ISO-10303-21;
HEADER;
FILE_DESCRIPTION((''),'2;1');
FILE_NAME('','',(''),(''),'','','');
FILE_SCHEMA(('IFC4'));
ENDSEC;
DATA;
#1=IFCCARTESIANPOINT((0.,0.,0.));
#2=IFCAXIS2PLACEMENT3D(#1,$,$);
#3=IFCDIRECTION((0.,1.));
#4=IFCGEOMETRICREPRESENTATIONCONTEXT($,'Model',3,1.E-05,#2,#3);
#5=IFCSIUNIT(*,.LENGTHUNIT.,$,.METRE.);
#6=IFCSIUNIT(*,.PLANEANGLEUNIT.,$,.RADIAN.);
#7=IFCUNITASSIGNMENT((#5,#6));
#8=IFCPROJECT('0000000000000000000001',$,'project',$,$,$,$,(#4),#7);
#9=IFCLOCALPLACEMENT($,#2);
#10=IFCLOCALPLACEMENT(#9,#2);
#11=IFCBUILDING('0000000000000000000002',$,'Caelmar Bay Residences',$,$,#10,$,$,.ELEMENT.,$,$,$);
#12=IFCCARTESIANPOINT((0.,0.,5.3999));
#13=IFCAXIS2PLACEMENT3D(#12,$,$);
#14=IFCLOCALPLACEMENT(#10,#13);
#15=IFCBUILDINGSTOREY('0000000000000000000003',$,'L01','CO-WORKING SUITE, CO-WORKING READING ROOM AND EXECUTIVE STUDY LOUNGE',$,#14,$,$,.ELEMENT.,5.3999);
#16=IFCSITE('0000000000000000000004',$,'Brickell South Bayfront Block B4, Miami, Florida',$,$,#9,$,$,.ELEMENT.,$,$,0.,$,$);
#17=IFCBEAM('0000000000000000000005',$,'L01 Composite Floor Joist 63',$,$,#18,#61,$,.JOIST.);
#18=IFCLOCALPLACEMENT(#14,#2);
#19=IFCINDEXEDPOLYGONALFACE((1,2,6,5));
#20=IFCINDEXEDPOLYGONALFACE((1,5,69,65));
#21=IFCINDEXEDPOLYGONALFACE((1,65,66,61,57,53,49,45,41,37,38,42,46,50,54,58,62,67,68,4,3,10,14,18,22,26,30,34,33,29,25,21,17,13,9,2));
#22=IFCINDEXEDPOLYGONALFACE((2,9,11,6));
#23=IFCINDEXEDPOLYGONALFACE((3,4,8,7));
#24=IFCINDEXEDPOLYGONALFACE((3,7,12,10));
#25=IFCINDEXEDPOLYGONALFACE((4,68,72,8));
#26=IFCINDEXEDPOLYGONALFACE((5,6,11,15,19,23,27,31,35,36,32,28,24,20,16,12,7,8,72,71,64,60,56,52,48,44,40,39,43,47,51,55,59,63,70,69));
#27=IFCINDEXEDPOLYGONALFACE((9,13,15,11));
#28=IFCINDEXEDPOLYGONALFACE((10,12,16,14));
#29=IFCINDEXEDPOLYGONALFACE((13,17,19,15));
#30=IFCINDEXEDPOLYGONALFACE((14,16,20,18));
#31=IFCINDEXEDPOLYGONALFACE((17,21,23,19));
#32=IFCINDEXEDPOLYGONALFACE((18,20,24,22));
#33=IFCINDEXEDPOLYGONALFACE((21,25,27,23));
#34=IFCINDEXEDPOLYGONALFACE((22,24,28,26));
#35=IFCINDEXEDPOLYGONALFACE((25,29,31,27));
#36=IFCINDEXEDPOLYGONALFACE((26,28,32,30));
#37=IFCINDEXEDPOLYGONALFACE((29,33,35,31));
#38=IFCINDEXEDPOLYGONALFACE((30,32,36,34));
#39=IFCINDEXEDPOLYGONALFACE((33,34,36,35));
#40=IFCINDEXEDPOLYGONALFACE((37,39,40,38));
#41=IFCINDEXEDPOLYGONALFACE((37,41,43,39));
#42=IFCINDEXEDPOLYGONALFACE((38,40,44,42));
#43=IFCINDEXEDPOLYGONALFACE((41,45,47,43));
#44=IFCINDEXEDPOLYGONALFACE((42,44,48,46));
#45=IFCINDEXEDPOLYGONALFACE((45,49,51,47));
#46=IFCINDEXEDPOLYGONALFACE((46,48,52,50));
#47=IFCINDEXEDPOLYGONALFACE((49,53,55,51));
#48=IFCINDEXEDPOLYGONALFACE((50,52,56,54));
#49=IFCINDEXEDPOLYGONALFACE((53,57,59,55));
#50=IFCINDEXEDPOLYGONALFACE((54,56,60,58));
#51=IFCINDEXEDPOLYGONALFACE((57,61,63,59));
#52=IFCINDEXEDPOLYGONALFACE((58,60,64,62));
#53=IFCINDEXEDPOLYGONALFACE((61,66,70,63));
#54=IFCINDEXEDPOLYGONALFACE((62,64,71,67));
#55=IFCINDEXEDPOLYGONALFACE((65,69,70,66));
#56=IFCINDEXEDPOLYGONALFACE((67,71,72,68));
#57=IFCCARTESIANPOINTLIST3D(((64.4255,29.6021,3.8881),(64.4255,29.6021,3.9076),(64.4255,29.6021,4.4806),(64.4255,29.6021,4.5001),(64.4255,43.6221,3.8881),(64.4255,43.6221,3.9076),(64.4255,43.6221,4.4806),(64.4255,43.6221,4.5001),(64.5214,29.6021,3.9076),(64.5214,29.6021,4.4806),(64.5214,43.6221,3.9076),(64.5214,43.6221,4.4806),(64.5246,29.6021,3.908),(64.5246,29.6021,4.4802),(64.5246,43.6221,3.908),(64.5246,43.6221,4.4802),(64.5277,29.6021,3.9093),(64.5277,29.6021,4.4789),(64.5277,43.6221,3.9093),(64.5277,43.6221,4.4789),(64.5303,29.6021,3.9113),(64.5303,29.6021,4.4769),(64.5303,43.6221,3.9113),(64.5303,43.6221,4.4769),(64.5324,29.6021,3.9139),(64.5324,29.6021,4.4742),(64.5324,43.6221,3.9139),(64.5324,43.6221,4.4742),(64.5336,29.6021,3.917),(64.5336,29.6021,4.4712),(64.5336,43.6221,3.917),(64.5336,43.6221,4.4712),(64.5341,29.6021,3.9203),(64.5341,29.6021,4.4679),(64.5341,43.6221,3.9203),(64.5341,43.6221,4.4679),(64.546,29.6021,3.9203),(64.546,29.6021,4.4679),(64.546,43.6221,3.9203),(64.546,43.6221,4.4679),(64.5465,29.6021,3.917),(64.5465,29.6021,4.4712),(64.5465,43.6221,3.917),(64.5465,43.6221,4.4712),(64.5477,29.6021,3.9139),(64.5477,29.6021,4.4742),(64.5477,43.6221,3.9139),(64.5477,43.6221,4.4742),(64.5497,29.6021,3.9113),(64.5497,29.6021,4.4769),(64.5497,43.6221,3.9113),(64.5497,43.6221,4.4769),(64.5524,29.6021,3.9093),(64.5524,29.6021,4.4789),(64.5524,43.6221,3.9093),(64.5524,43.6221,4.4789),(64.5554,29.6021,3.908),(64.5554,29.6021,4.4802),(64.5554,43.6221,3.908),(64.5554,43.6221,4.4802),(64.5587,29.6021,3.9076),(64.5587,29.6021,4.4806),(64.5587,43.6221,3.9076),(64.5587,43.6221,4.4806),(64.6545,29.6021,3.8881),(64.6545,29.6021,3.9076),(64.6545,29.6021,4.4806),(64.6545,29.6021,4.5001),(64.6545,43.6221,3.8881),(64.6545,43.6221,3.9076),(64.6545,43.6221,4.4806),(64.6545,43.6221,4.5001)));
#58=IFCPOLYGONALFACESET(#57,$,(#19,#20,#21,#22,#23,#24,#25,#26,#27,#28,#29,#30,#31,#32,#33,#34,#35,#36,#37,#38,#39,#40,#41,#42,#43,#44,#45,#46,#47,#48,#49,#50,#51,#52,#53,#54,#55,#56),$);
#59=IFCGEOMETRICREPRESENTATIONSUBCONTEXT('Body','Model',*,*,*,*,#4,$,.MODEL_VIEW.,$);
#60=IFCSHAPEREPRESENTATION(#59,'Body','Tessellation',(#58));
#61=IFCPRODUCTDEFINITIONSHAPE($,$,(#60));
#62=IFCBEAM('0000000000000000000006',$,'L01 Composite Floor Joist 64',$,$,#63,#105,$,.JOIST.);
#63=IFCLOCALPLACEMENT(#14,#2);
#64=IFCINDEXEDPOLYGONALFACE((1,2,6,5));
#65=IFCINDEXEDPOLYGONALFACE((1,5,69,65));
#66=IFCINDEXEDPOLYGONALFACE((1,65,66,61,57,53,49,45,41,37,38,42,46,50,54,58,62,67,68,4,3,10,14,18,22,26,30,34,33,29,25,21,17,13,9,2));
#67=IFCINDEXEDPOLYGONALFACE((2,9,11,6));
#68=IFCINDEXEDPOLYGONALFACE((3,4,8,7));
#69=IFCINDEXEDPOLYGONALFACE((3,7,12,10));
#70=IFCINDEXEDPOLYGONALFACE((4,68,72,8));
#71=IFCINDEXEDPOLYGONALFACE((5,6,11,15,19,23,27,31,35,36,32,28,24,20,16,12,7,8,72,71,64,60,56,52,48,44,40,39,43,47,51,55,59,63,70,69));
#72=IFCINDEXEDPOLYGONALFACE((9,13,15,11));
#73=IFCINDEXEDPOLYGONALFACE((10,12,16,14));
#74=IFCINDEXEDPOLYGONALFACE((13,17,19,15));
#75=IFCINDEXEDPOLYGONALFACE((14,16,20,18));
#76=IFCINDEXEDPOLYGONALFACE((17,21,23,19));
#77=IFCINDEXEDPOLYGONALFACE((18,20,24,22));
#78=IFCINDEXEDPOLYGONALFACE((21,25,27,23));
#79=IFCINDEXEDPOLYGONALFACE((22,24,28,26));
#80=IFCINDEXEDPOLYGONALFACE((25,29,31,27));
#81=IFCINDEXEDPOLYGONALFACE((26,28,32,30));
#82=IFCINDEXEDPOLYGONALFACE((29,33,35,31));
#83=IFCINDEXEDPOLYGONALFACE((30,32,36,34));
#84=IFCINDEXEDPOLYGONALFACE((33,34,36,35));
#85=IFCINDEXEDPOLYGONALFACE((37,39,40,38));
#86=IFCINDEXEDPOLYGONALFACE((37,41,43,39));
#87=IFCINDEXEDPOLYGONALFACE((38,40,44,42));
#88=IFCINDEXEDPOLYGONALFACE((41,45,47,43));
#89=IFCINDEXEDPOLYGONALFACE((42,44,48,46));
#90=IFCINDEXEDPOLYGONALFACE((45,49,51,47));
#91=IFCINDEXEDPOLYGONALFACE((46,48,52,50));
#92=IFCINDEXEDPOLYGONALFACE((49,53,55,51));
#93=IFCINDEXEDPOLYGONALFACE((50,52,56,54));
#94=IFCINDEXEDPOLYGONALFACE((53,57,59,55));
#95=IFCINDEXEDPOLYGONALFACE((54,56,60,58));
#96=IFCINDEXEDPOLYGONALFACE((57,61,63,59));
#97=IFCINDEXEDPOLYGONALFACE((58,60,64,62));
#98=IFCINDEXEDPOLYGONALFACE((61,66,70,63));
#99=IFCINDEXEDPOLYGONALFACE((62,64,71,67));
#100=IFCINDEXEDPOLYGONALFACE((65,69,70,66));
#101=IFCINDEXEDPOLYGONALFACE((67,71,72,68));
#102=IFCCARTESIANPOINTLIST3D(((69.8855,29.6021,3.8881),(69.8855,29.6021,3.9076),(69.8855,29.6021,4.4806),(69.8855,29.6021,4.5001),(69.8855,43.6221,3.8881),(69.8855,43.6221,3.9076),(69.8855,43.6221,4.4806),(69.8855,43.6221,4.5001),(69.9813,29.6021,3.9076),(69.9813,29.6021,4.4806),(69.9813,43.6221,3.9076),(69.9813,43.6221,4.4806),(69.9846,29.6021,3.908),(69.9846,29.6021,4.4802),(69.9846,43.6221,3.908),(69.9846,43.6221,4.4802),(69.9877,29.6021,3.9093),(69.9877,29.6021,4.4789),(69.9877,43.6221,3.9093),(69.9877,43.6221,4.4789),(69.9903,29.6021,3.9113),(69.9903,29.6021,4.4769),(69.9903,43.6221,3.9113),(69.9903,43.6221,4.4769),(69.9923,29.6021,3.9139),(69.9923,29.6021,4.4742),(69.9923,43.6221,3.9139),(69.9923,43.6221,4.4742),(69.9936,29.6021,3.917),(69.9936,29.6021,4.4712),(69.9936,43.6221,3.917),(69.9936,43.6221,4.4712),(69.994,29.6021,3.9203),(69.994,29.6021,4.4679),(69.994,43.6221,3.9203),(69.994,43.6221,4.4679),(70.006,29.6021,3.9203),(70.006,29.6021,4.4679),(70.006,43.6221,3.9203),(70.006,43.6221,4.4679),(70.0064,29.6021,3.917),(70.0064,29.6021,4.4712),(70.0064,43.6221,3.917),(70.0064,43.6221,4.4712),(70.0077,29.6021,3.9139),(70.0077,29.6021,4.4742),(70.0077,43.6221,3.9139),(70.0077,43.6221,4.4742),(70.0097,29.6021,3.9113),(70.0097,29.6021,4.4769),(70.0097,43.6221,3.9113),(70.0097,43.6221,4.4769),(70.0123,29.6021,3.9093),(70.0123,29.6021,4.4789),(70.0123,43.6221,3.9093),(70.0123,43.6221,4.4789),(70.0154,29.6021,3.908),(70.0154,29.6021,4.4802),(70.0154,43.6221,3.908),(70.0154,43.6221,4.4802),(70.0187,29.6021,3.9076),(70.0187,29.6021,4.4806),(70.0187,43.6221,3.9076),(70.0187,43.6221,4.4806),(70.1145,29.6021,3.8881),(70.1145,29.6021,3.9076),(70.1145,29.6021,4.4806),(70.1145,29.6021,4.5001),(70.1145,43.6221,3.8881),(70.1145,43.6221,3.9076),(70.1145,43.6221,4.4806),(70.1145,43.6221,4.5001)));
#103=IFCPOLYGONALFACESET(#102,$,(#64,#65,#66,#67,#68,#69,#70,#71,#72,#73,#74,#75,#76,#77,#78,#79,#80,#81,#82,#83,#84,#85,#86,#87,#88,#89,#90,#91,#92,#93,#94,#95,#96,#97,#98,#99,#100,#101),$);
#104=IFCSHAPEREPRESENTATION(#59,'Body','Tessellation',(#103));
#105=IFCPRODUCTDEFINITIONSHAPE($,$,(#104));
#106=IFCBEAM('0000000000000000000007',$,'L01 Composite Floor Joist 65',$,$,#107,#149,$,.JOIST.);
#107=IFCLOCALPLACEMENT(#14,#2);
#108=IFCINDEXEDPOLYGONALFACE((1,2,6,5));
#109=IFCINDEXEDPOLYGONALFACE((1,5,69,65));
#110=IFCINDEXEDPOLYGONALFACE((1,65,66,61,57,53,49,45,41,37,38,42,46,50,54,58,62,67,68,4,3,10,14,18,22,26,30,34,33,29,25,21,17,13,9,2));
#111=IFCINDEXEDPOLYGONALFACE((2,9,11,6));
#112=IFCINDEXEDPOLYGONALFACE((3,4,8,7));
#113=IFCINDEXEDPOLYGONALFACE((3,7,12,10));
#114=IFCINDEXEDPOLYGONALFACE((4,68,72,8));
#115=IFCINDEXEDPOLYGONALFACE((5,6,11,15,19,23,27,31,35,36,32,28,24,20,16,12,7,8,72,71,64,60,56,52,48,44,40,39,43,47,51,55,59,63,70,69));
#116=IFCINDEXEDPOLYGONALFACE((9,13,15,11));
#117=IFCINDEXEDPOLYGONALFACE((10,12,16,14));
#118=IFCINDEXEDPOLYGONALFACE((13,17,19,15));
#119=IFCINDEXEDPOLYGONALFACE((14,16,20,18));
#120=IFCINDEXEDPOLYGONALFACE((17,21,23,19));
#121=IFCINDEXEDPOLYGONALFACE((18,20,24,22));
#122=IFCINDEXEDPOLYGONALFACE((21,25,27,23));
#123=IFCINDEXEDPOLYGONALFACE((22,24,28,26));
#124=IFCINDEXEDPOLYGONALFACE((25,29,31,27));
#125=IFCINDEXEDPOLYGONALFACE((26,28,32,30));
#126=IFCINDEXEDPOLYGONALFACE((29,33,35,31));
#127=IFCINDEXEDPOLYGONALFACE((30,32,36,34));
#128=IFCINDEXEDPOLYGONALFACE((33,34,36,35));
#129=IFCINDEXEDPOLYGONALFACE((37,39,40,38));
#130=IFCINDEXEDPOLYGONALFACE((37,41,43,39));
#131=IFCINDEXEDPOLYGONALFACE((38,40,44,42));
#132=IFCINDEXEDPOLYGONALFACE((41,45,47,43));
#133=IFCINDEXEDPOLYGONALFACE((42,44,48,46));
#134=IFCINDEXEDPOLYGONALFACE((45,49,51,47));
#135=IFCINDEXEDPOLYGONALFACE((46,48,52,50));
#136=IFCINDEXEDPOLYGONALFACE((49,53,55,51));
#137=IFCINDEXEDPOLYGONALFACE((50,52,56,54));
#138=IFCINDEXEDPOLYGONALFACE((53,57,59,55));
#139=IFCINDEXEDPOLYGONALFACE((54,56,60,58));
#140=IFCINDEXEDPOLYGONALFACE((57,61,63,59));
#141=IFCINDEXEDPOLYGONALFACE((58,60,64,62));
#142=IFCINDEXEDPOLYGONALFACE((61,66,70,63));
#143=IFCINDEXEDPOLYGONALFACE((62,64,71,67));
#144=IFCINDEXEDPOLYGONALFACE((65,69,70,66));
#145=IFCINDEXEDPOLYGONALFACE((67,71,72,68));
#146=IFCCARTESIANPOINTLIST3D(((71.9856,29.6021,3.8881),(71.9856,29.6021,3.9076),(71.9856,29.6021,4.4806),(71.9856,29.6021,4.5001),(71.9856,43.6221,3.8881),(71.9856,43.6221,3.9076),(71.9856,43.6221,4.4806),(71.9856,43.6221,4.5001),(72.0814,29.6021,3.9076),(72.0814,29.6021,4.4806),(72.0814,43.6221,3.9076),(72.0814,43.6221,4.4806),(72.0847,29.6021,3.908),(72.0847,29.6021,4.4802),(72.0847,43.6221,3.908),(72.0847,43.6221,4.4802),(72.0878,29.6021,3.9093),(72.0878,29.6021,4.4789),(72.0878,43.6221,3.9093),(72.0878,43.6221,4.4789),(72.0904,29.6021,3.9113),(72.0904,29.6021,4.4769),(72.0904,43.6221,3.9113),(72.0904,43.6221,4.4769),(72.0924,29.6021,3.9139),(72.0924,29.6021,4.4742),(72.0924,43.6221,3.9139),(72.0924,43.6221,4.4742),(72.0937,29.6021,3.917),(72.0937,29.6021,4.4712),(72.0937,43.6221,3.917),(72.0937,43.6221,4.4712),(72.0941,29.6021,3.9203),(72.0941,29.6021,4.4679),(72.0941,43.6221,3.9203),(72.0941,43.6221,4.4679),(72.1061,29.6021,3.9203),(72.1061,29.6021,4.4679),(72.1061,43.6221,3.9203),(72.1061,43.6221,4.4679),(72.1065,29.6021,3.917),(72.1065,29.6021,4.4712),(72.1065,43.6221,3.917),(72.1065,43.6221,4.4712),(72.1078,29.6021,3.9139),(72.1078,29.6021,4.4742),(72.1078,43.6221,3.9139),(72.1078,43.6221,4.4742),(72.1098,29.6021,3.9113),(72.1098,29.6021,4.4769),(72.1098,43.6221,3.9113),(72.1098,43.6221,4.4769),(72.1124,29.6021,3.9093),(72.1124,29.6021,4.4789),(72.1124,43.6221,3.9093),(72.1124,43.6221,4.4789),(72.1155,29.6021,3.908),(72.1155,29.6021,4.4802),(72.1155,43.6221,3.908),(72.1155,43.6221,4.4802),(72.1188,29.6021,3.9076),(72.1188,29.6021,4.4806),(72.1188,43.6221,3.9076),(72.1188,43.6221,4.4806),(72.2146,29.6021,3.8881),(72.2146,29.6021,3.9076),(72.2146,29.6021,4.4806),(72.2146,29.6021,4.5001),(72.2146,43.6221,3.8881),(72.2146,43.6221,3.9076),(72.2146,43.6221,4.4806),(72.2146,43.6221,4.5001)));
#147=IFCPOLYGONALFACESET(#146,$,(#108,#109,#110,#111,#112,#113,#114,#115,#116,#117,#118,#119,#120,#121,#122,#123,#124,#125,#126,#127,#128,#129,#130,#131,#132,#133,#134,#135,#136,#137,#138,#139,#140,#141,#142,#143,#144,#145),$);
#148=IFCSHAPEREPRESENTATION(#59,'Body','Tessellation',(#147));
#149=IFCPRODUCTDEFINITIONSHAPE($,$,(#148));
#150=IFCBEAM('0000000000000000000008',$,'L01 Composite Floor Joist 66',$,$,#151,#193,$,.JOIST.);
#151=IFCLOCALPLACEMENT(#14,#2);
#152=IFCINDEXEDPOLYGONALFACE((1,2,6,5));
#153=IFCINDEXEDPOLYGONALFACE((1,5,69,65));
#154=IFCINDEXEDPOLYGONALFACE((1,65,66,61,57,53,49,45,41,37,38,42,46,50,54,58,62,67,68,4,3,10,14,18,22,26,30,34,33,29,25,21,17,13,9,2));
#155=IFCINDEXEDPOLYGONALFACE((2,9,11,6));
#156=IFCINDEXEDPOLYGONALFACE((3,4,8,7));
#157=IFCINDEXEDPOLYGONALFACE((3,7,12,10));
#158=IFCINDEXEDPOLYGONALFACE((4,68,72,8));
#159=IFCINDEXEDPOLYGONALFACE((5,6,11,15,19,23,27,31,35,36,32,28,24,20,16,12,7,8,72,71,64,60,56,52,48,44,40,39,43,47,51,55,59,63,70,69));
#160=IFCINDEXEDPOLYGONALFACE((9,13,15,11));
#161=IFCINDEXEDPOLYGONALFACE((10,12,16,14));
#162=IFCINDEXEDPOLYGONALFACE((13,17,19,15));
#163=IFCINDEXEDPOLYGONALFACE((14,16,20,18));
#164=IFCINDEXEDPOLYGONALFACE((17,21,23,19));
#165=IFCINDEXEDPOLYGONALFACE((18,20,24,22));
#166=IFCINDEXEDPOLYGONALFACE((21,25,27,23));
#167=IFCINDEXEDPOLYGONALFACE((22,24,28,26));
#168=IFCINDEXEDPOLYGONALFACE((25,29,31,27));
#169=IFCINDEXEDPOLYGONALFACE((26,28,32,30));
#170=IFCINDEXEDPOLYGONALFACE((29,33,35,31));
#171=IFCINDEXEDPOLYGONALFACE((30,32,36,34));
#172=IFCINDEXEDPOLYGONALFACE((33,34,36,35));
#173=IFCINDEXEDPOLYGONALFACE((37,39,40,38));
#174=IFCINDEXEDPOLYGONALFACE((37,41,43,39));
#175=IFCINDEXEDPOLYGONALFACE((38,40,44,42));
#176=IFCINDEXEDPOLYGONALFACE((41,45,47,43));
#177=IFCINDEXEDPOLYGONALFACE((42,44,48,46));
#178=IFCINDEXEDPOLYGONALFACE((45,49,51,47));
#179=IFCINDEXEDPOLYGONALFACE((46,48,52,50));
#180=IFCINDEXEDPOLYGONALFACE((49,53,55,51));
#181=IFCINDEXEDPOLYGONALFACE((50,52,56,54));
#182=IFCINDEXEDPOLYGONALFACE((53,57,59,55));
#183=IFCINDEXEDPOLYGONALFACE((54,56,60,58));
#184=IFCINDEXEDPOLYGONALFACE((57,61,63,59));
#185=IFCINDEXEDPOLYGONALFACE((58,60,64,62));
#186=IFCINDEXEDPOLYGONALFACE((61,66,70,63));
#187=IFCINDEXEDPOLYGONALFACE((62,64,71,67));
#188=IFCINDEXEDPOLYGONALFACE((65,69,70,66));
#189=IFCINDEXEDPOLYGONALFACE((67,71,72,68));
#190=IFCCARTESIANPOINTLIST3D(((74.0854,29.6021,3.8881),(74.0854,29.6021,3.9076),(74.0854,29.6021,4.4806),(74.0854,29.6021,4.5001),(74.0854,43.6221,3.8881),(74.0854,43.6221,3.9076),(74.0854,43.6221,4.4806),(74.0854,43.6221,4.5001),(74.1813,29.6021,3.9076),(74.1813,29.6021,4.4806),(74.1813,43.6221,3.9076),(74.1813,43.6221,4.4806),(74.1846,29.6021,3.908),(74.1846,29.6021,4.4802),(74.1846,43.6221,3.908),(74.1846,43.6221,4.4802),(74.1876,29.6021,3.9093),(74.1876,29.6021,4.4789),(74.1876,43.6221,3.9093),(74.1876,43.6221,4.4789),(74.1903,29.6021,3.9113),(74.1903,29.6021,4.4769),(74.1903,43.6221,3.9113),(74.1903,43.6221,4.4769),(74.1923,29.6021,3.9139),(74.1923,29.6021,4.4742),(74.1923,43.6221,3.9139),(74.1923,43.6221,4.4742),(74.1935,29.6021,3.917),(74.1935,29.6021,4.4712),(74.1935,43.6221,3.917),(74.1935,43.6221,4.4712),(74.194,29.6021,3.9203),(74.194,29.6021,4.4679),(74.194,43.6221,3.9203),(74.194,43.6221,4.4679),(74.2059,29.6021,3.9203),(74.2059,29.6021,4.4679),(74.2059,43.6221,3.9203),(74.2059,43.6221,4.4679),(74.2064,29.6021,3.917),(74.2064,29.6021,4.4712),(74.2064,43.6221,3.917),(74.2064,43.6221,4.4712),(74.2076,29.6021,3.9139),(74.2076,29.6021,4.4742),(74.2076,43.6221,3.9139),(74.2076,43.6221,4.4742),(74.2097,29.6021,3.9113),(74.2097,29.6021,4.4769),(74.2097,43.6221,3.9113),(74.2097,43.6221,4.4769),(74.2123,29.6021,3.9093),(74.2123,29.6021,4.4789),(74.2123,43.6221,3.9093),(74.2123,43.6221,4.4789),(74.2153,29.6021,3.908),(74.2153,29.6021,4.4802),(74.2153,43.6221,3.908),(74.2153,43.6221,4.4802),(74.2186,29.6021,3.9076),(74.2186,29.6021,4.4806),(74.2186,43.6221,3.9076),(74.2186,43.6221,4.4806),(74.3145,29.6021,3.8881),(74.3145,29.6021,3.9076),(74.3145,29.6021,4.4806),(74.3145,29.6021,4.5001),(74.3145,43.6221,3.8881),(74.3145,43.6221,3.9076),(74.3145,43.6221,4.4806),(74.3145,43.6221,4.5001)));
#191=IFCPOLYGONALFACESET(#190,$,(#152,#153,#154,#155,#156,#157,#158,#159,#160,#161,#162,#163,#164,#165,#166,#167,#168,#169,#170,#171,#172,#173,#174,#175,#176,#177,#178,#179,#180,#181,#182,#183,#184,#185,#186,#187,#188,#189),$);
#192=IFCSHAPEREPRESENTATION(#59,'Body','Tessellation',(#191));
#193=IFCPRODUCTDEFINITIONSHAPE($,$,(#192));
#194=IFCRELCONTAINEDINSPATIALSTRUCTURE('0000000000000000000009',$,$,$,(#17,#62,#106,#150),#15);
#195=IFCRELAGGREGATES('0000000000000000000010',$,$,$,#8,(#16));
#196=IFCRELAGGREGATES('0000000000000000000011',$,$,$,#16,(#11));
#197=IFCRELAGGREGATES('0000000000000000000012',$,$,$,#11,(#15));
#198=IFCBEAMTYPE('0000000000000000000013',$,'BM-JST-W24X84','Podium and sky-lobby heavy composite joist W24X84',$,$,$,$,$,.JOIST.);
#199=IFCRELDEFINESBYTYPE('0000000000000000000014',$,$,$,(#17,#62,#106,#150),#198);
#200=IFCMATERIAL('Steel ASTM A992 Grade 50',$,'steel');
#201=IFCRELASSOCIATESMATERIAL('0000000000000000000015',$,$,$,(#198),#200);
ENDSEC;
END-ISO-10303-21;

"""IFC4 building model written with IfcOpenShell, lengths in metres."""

from ifc_helpers import new_model, si_unit, direction, frame, origin, origin_2d, place, context, subcontext, project, spatial, i_section, extrude, material, material_profile, profile_set, type_object, element, save


model = new_model("IFC4")

# Units and contexts
model_context = context("Model", 3, precision=1e-05, world=origin(), true_north=direction((0.0, 1.0)))
body_context = subcontext(model_context, "Body", "Model", "MODEL_VIEW")
ifc_project = project(units=[si_unit("LENGTHUNIT", "METRE"), si_unit("PLANEANGLEUNIT", "RADIAN")], contexts=[model_context])

# Site, building, storey
site_placement = place(None, origin())
site = spatial("IfcSite", under=ifc_project, at=site_placement, Name="Brickell South Bayfront Block B4, Miami, Florida", CompositionType="ELEMENT", RefElevation=0.0)
building_placement = place(site_placement, origin())
building = spatial("IfcBuilding", under=site, at=building_placement, Name="Caelmar Bay Residences", CompositionType="ELEMENT")
storey_placement = place(building_placement, frame((0.0, 0.0, 5.3999)))
storey = spatial("IfcBuildingStorey", under=building, at=storey_placement, Name="L01", Description="CO-WORKING SUITE, CO-WORKING READING ROOM AND EXECUTIVE STUDY LOUNGE", CompositionType="ELEMENT", Elevation=5.3999)

# Beams
ifc_material_1 = material(Name="Steel ASTM A992 Grade 50", Category="steel")
ifc_material_profile_1 = material_profile(ifc_material_1, i_section(OverallWidth=0.229, OverallDepth=0.6121, WebThickness=0.012, FlangeThickness=0.0195, FilletRadius=0.0127, at=origin_2d()), Name="W24X84")
ifc_profile_set_1 = profile_set([ifc_material_profile_1], Name="Steel ASTM A992 Grade 50")
beam_type_1 = type_object("IfcBeamType", Name="BM-JST-W24X84", Description="Podium and sky-lobby heavy composite joist W24X84", PredefinedType="JOIST", material=ifc_profile_set_1)
for number, where, z_axis, x_axis, name in (
    (1, (64.54, 29.6021, 4.1941), (0.0, 1.0, 0.0), (-1.0, 0.0, 0.0), "L01 Composite Floor Joist 63"),
    (2, (70.0, 29.6021, 4.1941), (0.0, 1.0, 0.0), (-1.0, 0.0, 0.0), "L01 Composite Floor Joist 64"),
    (3, (72.1001, 29.6021, 4.1941), (0.0, 1.0, 0.0), (-1.0, 0.0, 0.0), "L01 Composite Floor Joist 65"),
    (4, (74.2, 29.6021, 4.1941), (0.0, 1.0, 0.0), (-1.0, 0.0, 0.0), "L01 Composite Floor Joist 66"),
):
    element("IfcBeam", number, at=place(storey_placement, frame(where, z_axis=z_axis, x_axis=x_axis)), inside=storey, type_object=beam_type_1, Name=name, PredefinedType="JOIST", context=body_context, shape_type="SweptSolid", body=[
        extrude(i_section(OverallWidth=0.229, OverallDepth=0.6121, WebThickness=0.012, FlangeThickness=0.0195, FilletRadius=0.0127, at=origin_2d()), origin(), (0.0, 0.0, 1.0), 14.02),
    ])

save(model, "model.ifc")
